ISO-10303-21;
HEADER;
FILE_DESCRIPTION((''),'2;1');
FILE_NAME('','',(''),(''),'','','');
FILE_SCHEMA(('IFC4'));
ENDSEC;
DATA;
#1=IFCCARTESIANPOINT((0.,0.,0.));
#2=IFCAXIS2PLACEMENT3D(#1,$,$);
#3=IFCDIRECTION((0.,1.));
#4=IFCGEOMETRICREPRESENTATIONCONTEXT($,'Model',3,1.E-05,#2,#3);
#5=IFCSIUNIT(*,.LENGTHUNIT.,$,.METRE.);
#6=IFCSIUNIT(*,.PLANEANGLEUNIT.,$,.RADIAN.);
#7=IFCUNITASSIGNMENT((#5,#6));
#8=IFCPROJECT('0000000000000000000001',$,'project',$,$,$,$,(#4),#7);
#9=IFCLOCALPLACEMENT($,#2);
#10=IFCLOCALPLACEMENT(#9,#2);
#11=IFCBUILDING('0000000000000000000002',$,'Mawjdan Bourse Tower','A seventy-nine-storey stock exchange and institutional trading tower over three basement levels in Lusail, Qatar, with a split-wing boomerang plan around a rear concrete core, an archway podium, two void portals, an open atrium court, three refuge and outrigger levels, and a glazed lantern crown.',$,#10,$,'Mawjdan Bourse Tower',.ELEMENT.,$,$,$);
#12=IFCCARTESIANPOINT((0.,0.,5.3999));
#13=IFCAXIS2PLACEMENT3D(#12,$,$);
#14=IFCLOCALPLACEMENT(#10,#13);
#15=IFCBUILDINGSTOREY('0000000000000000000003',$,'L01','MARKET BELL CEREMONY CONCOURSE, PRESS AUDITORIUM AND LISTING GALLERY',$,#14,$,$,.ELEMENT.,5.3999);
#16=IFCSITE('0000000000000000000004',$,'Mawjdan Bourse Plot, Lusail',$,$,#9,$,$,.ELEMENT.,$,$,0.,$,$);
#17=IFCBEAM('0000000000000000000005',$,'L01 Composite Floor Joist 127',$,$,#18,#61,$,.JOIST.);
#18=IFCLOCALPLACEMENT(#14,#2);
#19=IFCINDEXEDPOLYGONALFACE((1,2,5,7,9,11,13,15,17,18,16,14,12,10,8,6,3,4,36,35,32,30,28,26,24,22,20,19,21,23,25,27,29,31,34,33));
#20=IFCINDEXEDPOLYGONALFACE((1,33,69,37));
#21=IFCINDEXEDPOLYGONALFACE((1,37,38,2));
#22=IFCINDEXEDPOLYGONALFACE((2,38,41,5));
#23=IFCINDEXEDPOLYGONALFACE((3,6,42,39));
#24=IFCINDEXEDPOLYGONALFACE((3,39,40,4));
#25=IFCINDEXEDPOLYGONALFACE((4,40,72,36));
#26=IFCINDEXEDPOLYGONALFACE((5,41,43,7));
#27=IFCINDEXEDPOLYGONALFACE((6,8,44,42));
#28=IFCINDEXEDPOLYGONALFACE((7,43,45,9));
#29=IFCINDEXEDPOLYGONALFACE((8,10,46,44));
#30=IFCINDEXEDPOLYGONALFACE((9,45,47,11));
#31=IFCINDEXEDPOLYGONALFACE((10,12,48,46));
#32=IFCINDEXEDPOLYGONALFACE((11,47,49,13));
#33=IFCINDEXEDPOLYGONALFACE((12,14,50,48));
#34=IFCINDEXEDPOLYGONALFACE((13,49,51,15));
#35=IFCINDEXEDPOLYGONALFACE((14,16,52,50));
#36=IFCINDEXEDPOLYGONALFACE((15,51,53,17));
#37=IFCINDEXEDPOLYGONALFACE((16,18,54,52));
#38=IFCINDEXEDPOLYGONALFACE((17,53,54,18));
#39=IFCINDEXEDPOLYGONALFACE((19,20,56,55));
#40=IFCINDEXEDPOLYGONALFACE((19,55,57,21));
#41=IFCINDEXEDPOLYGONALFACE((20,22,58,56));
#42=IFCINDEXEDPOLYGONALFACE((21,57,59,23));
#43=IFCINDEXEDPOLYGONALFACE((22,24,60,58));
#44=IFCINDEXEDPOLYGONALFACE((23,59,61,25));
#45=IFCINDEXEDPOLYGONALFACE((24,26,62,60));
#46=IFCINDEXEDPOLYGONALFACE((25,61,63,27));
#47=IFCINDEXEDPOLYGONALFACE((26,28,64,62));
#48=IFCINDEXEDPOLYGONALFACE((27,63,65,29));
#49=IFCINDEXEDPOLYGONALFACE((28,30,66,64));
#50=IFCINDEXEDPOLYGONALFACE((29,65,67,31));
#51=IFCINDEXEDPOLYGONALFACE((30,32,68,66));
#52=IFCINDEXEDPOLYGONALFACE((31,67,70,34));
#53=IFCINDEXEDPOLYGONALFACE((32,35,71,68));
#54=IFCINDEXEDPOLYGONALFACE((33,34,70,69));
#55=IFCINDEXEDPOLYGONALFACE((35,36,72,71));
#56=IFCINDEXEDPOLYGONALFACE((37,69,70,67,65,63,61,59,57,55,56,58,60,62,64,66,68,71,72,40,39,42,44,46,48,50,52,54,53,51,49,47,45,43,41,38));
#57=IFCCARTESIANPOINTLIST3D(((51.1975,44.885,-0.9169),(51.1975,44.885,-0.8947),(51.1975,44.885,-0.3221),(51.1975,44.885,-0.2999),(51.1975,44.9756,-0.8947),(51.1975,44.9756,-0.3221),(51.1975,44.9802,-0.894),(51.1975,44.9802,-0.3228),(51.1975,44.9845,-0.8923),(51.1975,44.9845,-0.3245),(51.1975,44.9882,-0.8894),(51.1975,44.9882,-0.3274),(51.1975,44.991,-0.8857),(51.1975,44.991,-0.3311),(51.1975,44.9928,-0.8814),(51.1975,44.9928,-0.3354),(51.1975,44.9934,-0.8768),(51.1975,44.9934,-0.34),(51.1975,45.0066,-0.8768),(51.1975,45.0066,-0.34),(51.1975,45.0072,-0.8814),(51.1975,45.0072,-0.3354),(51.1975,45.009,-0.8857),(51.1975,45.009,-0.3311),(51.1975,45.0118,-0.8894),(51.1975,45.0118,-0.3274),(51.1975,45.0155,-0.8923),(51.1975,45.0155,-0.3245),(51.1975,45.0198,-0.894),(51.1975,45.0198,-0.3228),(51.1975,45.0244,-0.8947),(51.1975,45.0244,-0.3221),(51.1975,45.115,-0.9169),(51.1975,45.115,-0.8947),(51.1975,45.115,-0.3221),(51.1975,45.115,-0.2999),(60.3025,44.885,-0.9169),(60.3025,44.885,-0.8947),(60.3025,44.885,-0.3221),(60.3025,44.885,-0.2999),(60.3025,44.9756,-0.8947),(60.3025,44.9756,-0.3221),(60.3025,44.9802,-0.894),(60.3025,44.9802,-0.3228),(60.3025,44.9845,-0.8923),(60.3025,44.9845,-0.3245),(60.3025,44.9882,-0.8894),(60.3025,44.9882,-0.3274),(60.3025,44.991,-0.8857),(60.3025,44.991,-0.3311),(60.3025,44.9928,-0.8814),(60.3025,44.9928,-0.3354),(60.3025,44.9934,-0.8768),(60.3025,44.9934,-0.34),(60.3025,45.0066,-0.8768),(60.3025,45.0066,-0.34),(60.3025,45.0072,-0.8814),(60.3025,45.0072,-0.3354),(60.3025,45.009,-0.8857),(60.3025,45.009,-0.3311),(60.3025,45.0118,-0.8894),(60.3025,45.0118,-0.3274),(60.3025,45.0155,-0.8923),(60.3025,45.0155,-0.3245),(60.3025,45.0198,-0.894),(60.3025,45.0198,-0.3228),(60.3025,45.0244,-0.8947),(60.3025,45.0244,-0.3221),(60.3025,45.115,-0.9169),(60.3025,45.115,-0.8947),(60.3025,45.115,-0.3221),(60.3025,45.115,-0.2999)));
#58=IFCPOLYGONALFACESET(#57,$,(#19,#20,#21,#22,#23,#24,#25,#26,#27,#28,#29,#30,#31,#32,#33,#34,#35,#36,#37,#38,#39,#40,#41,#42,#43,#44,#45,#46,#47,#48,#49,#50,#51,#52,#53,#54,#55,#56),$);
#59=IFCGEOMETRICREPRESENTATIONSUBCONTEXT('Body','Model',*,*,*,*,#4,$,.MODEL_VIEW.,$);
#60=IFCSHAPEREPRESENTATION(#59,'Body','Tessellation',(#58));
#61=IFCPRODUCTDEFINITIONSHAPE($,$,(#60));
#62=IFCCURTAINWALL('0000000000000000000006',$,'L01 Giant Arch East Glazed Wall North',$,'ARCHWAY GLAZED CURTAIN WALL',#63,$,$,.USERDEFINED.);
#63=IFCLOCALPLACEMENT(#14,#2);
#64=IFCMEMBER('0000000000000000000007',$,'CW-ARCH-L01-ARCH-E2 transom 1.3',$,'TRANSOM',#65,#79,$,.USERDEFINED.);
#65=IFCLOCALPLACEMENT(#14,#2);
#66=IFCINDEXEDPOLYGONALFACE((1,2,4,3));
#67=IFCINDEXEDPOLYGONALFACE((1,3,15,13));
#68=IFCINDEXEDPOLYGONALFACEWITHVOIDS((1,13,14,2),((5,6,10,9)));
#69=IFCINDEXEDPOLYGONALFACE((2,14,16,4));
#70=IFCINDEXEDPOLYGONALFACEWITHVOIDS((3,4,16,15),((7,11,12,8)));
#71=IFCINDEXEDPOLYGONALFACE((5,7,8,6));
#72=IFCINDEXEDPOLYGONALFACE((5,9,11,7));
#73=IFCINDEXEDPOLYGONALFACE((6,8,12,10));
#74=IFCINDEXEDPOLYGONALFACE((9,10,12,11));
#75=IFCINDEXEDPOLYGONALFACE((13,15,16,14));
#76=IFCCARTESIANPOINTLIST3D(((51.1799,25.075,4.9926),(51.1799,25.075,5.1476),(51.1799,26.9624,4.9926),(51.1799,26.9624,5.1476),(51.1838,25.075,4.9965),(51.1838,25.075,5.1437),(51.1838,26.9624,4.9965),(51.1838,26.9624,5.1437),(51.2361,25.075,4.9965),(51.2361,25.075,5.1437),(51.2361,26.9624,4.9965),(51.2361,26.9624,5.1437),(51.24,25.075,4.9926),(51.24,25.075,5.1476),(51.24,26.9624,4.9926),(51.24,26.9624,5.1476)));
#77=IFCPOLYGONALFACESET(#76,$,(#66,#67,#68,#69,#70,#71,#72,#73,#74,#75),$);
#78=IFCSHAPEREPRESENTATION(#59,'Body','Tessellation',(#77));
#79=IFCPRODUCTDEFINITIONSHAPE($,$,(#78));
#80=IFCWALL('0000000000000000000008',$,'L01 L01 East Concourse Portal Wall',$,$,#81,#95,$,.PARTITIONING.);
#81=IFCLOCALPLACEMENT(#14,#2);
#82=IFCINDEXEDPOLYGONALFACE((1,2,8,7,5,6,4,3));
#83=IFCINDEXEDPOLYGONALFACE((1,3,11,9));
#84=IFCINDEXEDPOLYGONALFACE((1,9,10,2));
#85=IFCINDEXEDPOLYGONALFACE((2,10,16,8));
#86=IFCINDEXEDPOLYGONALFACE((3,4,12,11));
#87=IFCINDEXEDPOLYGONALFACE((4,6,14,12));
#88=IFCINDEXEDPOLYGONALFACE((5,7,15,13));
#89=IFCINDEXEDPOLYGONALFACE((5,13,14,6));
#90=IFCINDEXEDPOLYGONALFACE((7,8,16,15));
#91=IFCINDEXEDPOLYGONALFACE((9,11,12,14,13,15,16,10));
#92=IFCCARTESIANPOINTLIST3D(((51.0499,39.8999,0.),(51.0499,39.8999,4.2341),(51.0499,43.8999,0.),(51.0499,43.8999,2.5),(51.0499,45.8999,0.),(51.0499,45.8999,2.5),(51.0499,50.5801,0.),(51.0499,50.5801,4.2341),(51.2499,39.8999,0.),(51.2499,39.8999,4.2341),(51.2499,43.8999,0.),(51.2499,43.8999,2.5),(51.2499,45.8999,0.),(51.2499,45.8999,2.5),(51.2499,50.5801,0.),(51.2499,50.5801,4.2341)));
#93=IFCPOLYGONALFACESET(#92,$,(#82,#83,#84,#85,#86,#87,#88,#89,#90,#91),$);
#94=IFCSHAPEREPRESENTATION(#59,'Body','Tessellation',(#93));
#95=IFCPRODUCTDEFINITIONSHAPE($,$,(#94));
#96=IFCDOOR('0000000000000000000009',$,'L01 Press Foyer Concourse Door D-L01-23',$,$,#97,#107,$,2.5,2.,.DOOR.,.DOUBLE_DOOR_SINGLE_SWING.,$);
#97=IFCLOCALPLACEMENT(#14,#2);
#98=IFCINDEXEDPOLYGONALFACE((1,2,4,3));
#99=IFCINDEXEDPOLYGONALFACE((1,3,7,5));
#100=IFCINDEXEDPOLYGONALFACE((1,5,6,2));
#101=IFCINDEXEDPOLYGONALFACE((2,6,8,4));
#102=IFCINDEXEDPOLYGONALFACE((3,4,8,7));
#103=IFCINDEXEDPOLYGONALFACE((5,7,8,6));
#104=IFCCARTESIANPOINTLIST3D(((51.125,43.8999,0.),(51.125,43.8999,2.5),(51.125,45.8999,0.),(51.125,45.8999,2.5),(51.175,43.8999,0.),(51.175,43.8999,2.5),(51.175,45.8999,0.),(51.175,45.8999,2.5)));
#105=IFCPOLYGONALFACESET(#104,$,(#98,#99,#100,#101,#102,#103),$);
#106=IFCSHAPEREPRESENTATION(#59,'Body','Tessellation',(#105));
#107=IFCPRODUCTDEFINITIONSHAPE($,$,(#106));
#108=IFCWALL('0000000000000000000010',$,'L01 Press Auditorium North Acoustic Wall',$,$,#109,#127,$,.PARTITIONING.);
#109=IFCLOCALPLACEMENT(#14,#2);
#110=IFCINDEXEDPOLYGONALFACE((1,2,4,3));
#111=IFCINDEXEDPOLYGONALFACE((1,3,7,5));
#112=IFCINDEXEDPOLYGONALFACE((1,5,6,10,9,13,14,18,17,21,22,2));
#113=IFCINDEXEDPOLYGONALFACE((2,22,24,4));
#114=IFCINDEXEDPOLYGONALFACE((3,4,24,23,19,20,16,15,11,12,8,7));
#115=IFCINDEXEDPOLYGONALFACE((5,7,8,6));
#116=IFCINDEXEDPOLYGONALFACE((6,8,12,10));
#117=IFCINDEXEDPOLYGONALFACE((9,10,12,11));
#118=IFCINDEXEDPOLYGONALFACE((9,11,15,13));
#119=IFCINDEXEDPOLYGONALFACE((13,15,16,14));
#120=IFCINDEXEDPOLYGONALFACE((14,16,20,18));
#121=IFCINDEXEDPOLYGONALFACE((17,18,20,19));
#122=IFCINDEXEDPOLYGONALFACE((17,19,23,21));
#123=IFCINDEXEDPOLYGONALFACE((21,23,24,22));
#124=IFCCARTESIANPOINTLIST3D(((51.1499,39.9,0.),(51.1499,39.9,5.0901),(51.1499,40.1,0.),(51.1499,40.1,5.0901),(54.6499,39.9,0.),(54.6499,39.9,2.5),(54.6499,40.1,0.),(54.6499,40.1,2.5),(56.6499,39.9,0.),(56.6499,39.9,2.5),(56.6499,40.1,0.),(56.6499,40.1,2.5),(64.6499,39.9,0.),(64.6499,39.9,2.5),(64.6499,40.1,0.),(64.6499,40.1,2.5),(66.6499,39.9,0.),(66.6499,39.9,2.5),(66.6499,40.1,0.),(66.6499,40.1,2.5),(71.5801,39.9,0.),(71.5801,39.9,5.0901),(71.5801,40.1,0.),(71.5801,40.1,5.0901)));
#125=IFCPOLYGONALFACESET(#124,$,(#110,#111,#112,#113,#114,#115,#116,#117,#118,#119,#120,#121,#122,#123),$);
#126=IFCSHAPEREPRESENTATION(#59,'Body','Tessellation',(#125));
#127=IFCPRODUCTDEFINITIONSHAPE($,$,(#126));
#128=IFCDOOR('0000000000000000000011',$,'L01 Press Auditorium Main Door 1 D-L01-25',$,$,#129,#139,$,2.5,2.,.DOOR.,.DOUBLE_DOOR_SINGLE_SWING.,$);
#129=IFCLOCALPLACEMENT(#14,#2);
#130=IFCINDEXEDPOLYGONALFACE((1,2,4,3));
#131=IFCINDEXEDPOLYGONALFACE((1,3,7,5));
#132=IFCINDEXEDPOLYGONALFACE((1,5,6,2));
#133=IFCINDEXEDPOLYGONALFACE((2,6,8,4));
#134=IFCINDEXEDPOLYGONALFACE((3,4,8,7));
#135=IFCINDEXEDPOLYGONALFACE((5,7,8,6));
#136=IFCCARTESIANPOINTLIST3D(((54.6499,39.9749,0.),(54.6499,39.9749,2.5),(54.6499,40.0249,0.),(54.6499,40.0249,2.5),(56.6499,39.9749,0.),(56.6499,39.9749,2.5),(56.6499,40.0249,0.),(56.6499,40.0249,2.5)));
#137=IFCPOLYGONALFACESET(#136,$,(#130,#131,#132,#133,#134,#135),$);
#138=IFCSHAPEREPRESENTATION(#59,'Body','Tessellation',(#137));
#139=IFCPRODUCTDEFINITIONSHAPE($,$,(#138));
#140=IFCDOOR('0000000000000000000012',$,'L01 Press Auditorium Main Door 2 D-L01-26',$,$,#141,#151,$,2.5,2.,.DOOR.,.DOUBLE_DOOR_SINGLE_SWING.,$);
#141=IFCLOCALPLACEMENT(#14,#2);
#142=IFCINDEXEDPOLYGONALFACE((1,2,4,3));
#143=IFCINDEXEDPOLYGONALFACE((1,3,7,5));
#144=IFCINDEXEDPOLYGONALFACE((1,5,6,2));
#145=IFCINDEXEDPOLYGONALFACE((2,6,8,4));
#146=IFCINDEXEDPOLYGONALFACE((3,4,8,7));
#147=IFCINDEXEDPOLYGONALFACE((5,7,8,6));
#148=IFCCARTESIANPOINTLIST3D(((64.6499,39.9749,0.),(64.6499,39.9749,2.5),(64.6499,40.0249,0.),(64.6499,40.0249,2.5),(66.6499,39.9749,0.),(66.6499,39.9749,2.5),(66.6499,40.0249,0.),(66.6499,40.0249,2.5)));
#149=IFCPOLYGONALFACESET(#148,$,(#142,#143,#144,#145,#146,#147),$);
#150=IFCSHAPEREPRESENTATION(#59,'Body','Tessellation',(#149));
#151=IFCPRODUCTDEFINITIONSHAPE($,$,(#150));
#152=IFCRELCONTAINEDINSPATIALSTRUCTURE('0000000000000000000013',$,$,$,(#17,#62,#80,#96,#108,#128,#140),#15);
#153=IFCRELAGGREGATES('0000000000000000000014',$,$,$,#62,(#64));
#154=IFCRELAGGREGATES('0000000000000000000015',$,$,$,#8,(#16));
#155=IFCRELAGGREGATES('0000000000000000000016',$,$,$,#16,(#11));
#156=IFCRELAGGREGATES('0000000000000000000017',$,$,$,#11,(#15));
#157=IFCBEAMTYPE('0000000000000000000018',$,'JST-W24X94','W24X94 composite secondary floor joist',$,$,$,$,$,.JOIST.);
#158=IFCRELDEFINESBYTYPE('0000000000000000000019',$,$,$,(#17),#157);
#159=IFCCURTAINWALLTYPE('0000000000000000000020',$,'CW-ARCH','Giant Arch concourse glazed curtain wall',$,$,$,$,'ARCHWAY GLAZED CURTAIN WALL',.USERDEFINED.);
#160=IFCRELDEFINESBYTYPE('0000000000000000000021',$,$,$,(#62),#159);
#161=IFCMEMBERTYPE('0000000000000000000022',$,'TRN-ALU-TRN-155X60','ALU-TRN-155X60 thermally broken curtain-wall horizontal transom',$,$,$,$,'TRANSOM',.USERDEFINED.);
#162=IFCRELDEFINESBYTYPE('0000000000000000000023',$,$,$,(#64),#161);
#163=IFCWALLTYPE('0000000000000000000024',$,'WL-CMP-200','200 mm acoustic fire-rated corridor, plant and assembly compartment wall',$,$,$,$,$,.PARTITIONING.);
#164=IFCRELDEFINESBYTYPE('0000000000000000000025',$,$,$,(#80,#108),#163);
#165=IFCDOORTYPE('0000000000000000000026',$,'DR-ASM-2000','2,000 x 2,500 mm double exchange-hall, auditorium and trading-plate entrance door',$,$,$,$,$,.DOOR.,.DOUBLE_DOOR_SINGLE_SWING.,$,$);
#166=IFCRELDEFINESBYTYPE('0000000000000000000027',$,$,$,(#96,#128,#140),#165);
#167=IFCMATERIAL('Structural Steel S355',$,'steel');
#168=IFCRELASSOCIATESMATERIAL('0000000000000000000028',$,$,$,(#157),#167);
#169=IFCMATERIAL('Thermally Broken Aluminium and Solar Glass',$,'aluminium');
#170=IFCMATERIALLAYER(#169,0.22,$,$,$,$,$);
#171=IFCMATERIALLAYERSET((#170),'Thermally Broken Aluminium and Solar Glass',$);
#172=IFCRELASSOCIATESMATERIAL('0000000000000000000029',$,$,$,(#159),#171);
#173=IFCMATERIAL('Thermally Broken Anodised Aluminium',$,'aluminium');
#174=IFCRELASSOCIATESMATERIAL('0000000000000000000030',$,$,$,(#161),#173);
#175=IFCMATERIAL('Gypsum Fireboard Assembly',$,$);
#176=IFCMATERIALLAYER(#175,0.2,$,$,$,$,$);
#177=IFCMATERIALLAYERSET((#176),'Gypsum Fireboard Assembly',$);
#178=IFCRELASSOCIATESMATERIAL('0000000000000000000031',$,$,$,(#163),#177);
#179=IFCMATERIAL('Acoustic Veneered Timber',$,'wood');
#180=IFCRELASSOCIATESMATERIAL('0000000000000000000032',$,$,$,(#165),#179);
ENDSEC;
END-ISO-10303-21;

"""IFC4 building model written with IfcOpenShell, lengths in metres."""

from ifc_helpers import new_model, si_unit, direction, frame, frame_2d, origin, origin_2d, place, context, subcontext, project, spatial, rectangle, hollow_rectangle, i_section, extrude, material, layer, layer_set, material_profile, profile_set, type_object, element, fill, aggregate, save


model = new_model("IFC4")

# Units and contexts
model_context = context("Model", 3, precision=1e-05, world=origin(), true_north=direction((0.0, 1.0)))
body_context = subcontext(model_context, "Body", "Model", "MODEL_VIEW")
ifc_project = project(units=[si_unit("LENGTHUNIT", "METRE"), si_unit("PLANEANGLEUNIT", "RADIAN")], contexts=[model_context])

# Site, building, storey
site_placement = place(None, origin())
site = spatial("IfcSite", under=ifc_project, at=site_placement, Name="Mawjdan Bourse Plot, Lusail", CompositionType="ELEMENT", RefElevation=0.0)
building_placement = place(site_placement, origin())
building = spatial("IfcBuilding", under=site, at=building_placement, Name="Mawjdan Bourse Tower", Description="A seventy-nine-storey stock exchange and institutional trading tower over three basement levels in Lusail, Qatar, with a split-wing boomerang plan around a rear concrete core, an archway podium, two void portals, an open atrium court, three refuge and outrigger levels, and a glazed lantern crown.", LongName="Mawjdan Bourse Tower", CompositionType="ELEMENT")
storey_placement = place(building_placement, frame((0.0, 0.0, 5.3999)))
storey = spatial("IfcBuildingStorey", under=building, at=storey_placement, Name="L01", Description="MARKET BELL CEREMONY CONCOURSE, PRESS AUDITORIUM AND LISTING GALLERY", CompositionType="ELEMENT", Elevation=5.3999)

# Beam
ifc_material_1 = material(Name="Structural Steel S355", Category="steel")
ifc_material_profile_1 = material_profile(ifc_material_1, i_section(OverallWidth=0.23, OverallDepth=0.6169, WebThickness=0.0132, FlangeThickness=0.0222, FilletRadius=0.0178, at=origin_2d()), Name="W24X94")
ifc_profile_set_1 = profile_set([ifc_material_profile_1], Name="Structural Steel S355")
beam_type_1 = type_object("IfcBeamType", Name="JST-W24X94", Description="W24X94 composite secondary floor joist", PredefinedType="JOIST", material=ifc_profile_set_1)
beam_1_placement = place(storey_placement, frame((51.1975, 45.0, -0.6084), z_axis=(1.0, 0.0, 0.0), x_axis=(0.0, 1.0, 0.0)))
element("IfcBeam", 1, at=beam_1_placement, inside=storey, type_object=beam_type_1, Name="L01 Composite Floor Joist 127", PredefinedType="JOIST", context=body_context, shape_type="SweptSolid", body=[
    extrude(i_section(OverallWidth=0.23, OverallDepth=0.6169, WebThickness=0.0132, FlangeThickness=0.0222, FilletRadius=0.0178, at=origin_2d()), origin(), (0.0, 0.0, 1.0), 9.105),
])

# Curtain wall, member
ifc_material_2 = material(Name="Thermally Broken Aluminium and Solar Glass", Category="aluminium")
ifc_layer_1 = layer(ifc_material_2, 0.22)
ifc_layer_set_1 = layer_set([ifc_layer_1], Name="Thermally Broken Aluminium and Solar Glass")
curtain_wall_type = type_object("IfcCurtainWallType", Name="CW-ARCH", Description="Giant Arch concourse glazed curtain wall", ElementType="ARCHWAY GLAZED CURTAIN WALL", PredefinedType="USERDEFINED", material=ifc_layer_set_1)
curtain_wall_placement = place(storey_placement, origin())
curtain_wall = element("IfcCurtainWall", 2, at=curtain_wall_placement, inside=storey, type_object=curtain_wall_type, Name="L01 Giant Arch East Glazed Wall North", ObjectType="ARCHWAY GLAZED CURTAIN WALL", PredefinedType="USERDEFINED")
ifc_material_3 = material(Name="Thermally Broken Anodised Aluminium", Category="aluminium")
ifc_material_profile_2 = material_profile(ifc_material_3, hollow_rectangle(XDim=0.0601, YDim=0.155, WallThickness=0.0039, at=origin_2d()), Name="ALU-TRN-155X60")
ifc_profile_set_2 = profile_set([ifc_material_profile_2], Name="Thermally Broken Anodised Aluminium")
member_type_1 = type_object("IfcMemberType", Name="TRN-ALU-TRN-155X60", Description="ALU-TRN-155X60 thermally broken curtain-wall horizontal transom", ElementType="TRANSOM", PredefinedType="USERDEFINED", material=ifc_profile_set_2)
member_1_placement = place(storey_placement, frame((51.21, 25.075, 5.0701), z_axis=(0.0, 1.0, 0.0), x_axis=(-1.0, 0.0, 0.0)))
member_1 = element("IfcMember", 3, at=member_1_placement, type_object=member_type_1, Name="CW-ARCH-L01-ARCH-E2 transom 1.3", ObjectType="TRANSOM", PredefinedType="USERDEFINED", context=body_context, shape_type="SweptSolid", body=[
    extrude(hollow_rectangle(XDim=0.0601, YDim=0.155, WallThickness=0.0039, at=origin_2d()), origin(), (0.0, 0.0, 1.0), 1.8875),
])
aggregate(curtain_wall, [member_1])

# Wall, opening, door
ifc_material_4 = material(Name="Gypsum Fireboard Assembly")
ifc_layer_2 = layer(ifc_material_4, 0.2)
ifc_layer_set_2 = layer_set([ifc_layer_2], Name="Gypsum Fireboard Assembly")
wall_type = type_object("IfcWallType", Name="WL-CMP-200", Description="200 mm acoustic fire-rated corridor, plant and assembly compartment wall", PredefinedType="PARTITIONING", material=ifc_layer_set_2)
wall_1_placement = place(storey_placement, frame((51.1499, 39.8999, 0.0), z_axis=(0.0, 0.0, 1.0), x_axis=(0.0, 1.0, 0.0)))
wall_1 = element("IfcWall", 4, at=wall_1_placement, inside=storey, type_object=wall_type, Name="L01 L01 East Concourse Portal Wall", PredefinedType="PARTITIONING", context=body_context, shape_type="SweptSolid", body=[
    extrude(rectangle(XDim=10.6802, YDim=0.2, at=frame_2d((5.3401, 0.0))), origin(), (0.0, 0.0, 1.0), 4.2341),
])
opening_1_placement = place(wall_1_placement, frame((4.0, 0.0, 0.0)))
opening_1 = element("IfcOpeningElement", 5, at=opening_1_placement, cuts=wall_1, PredefinedType="OPENING", context=body_context, shape_type="SweptSolid", body=[
    extrude(rectangle(XDim=2.0, YDim=2.5, at=frame_2d((1.0, 1.25))), frame((0.0, 0.1099, 0.0), z_axis=(0.0, -1.0, 0.0), x_axis=(1.0, 0.0, 0.0)), (0.0, 0.0, 1.0), 0.22),
])
ifc_material_5 = material(Name="Acoustic Veneered Timber", Category="wood")
door_type = type_object("IfcDoorType", Name="DR-ASM-2000", Description="2,000 x 2,500 mm double exchange-hall, auditorium and trading-plate entrance door", OperationType="DOUBLE_DOOR_SINGLE_SWING", PredefinedType="DOOR", material=ifc_material_5)
door_1_placement = place(opening_1_placement, origin())
door_1 = element("IfcDoor", 6, at=door_1_placement, inside=storey, type_object=door_type, Name="L01 Press Foyer Concourse Door D-L01-23", OperationType="DOUBLE_DOOR_SINGLE_SWING", OverallHeight=2.5, OverallWidth=2.0, PredefinedType="DOOR", context=body_context, shape_type="SweptSolid", body=[
    extrude(rectangle(XDim=2.0, YDim=2.5, at=frame_2d((1.0, 1.25))), frame((0.0, 0.0249, 0.0), z_axis=(0.0, -1.0, 0.0), x_axis=(1.0, 0.0, 0.0)), (0.0, 0.0, 1.0), 0.05),
])
fill(opening_1, door_1)

# Wall, openings, doors
wall_2_placement = place(storey_placement, frame((51.1499, 40.0, 0.0), z_axis=(0.0, 0.0, 1.0), x_axis=(1.0, 0.0, 0.0)))
wall_2 = element("IfcWall", 7, at=wall_2_placement, inside=storey, type_object=wall_type, Name="L01 Press Auditorium North Acoustic Wall", PredefinedType="PARTITIONING", context=body_context, shape_type="SweptSolid", body=[
    extrude(rectangle(XDim=20.4302, YDim=0.2, at=frame_2d((10.2151, 0.0))), origin(), (0.0, 0.0, 1.0), 5.0901),
])
opening_2_placement = place(wall_2_placement, frame((3.5, 0.0, 0.0)))
opening_2 = element("IfcOpeningElement", 8, at=opening_2_placement, cuts=wall_2, PredefinedType="OPENING", context=body_context, shape_type="SweptSolid", body=[
    extrude(rectangle(XDim=2.0, YDim=2.5, at=frame_2d((1.0, 1.25))), frame((0.0, 0.1099, 0.0), z_axis=(0.0, -1.0, 0.0), x_axis=(1.0, 0.0, 0.0)), (0.0, 0.0, 1.0), 0.22),
])
opening_3_placement = place(wall_2_placement, frame((13.5, 0.0, 0.0)))
opening_3 = element("IfcOpeningElement", 9, at=opening_3_placement, cuts=wall_2, PredefinedType="OPENING", context=body_context, shape_type="SweptSolid", body=[
    extrude(rectangle(XDim=2.0, YDim=2.5, at=frame_2d((1.0, 1.25))), frame((0.0, 0.1099, 0.0), z_axis=(0.0, -1.0, 0.0), x_axis=(1.0, 0.0, 0.0)), (0.0, 0.0, 1.0), 0.22),
])
door_2_placement = place(opening_2_placement, origin())
door_2 = element("IfcDoor", 10, at=door_2_placement, inside=storey, type_object=door_type, Name="L01 Press Auditorium Main Door 1 D-L01-25", OperationType="DOUBLE_DOOR_SINGLE_SWING", OverallHeight=2.5, OverallWidth=2.0, PredefinedType="DOOR", context=body_context, shape_type="SweptSolid", body=[
    extrude(rectangle(XDim=2.0, YDim=2.5, at=frame_2d((1.0, 1.25))), frame((0.0, 0.0249, 0.0), z_axis=(0.0, -1.0, 0.0), x_axis=(1.0, 0.0, 0.0)), (0.0, 0.0, 1.0), 0.05),
])
fill(opening_2, door_2)
door_3_placement = place(opening_3_placement, origin())
door_3 = element("IfcDoor", 11, at=door_3_placement, inside=storey, type_object=door_type, Name="L01 Press Auditorium Main Door 2 D-L01-26", OperationType="DOUBLE_DOOR_SINGLE_SWING", OverallHeight=2.5, OverallWidth=2.0, PredefinedType="DOOR", context=body_context, shape_type="SweptSolid", body=[
    extrude(rectangle(XDim=2.0, YDim=2.5, at=frame_2d((1.0, 1.25))), frame((0.0, 0.0249, 0.0), z_axis=(0.0, -1.0, 0.0), x_axis=(1.0, 0.0, 0.0)), (0.0, 0.0, 1.0), 0.05),
])
fill(opening_3, door_3)

save(model, "model.ifc")
